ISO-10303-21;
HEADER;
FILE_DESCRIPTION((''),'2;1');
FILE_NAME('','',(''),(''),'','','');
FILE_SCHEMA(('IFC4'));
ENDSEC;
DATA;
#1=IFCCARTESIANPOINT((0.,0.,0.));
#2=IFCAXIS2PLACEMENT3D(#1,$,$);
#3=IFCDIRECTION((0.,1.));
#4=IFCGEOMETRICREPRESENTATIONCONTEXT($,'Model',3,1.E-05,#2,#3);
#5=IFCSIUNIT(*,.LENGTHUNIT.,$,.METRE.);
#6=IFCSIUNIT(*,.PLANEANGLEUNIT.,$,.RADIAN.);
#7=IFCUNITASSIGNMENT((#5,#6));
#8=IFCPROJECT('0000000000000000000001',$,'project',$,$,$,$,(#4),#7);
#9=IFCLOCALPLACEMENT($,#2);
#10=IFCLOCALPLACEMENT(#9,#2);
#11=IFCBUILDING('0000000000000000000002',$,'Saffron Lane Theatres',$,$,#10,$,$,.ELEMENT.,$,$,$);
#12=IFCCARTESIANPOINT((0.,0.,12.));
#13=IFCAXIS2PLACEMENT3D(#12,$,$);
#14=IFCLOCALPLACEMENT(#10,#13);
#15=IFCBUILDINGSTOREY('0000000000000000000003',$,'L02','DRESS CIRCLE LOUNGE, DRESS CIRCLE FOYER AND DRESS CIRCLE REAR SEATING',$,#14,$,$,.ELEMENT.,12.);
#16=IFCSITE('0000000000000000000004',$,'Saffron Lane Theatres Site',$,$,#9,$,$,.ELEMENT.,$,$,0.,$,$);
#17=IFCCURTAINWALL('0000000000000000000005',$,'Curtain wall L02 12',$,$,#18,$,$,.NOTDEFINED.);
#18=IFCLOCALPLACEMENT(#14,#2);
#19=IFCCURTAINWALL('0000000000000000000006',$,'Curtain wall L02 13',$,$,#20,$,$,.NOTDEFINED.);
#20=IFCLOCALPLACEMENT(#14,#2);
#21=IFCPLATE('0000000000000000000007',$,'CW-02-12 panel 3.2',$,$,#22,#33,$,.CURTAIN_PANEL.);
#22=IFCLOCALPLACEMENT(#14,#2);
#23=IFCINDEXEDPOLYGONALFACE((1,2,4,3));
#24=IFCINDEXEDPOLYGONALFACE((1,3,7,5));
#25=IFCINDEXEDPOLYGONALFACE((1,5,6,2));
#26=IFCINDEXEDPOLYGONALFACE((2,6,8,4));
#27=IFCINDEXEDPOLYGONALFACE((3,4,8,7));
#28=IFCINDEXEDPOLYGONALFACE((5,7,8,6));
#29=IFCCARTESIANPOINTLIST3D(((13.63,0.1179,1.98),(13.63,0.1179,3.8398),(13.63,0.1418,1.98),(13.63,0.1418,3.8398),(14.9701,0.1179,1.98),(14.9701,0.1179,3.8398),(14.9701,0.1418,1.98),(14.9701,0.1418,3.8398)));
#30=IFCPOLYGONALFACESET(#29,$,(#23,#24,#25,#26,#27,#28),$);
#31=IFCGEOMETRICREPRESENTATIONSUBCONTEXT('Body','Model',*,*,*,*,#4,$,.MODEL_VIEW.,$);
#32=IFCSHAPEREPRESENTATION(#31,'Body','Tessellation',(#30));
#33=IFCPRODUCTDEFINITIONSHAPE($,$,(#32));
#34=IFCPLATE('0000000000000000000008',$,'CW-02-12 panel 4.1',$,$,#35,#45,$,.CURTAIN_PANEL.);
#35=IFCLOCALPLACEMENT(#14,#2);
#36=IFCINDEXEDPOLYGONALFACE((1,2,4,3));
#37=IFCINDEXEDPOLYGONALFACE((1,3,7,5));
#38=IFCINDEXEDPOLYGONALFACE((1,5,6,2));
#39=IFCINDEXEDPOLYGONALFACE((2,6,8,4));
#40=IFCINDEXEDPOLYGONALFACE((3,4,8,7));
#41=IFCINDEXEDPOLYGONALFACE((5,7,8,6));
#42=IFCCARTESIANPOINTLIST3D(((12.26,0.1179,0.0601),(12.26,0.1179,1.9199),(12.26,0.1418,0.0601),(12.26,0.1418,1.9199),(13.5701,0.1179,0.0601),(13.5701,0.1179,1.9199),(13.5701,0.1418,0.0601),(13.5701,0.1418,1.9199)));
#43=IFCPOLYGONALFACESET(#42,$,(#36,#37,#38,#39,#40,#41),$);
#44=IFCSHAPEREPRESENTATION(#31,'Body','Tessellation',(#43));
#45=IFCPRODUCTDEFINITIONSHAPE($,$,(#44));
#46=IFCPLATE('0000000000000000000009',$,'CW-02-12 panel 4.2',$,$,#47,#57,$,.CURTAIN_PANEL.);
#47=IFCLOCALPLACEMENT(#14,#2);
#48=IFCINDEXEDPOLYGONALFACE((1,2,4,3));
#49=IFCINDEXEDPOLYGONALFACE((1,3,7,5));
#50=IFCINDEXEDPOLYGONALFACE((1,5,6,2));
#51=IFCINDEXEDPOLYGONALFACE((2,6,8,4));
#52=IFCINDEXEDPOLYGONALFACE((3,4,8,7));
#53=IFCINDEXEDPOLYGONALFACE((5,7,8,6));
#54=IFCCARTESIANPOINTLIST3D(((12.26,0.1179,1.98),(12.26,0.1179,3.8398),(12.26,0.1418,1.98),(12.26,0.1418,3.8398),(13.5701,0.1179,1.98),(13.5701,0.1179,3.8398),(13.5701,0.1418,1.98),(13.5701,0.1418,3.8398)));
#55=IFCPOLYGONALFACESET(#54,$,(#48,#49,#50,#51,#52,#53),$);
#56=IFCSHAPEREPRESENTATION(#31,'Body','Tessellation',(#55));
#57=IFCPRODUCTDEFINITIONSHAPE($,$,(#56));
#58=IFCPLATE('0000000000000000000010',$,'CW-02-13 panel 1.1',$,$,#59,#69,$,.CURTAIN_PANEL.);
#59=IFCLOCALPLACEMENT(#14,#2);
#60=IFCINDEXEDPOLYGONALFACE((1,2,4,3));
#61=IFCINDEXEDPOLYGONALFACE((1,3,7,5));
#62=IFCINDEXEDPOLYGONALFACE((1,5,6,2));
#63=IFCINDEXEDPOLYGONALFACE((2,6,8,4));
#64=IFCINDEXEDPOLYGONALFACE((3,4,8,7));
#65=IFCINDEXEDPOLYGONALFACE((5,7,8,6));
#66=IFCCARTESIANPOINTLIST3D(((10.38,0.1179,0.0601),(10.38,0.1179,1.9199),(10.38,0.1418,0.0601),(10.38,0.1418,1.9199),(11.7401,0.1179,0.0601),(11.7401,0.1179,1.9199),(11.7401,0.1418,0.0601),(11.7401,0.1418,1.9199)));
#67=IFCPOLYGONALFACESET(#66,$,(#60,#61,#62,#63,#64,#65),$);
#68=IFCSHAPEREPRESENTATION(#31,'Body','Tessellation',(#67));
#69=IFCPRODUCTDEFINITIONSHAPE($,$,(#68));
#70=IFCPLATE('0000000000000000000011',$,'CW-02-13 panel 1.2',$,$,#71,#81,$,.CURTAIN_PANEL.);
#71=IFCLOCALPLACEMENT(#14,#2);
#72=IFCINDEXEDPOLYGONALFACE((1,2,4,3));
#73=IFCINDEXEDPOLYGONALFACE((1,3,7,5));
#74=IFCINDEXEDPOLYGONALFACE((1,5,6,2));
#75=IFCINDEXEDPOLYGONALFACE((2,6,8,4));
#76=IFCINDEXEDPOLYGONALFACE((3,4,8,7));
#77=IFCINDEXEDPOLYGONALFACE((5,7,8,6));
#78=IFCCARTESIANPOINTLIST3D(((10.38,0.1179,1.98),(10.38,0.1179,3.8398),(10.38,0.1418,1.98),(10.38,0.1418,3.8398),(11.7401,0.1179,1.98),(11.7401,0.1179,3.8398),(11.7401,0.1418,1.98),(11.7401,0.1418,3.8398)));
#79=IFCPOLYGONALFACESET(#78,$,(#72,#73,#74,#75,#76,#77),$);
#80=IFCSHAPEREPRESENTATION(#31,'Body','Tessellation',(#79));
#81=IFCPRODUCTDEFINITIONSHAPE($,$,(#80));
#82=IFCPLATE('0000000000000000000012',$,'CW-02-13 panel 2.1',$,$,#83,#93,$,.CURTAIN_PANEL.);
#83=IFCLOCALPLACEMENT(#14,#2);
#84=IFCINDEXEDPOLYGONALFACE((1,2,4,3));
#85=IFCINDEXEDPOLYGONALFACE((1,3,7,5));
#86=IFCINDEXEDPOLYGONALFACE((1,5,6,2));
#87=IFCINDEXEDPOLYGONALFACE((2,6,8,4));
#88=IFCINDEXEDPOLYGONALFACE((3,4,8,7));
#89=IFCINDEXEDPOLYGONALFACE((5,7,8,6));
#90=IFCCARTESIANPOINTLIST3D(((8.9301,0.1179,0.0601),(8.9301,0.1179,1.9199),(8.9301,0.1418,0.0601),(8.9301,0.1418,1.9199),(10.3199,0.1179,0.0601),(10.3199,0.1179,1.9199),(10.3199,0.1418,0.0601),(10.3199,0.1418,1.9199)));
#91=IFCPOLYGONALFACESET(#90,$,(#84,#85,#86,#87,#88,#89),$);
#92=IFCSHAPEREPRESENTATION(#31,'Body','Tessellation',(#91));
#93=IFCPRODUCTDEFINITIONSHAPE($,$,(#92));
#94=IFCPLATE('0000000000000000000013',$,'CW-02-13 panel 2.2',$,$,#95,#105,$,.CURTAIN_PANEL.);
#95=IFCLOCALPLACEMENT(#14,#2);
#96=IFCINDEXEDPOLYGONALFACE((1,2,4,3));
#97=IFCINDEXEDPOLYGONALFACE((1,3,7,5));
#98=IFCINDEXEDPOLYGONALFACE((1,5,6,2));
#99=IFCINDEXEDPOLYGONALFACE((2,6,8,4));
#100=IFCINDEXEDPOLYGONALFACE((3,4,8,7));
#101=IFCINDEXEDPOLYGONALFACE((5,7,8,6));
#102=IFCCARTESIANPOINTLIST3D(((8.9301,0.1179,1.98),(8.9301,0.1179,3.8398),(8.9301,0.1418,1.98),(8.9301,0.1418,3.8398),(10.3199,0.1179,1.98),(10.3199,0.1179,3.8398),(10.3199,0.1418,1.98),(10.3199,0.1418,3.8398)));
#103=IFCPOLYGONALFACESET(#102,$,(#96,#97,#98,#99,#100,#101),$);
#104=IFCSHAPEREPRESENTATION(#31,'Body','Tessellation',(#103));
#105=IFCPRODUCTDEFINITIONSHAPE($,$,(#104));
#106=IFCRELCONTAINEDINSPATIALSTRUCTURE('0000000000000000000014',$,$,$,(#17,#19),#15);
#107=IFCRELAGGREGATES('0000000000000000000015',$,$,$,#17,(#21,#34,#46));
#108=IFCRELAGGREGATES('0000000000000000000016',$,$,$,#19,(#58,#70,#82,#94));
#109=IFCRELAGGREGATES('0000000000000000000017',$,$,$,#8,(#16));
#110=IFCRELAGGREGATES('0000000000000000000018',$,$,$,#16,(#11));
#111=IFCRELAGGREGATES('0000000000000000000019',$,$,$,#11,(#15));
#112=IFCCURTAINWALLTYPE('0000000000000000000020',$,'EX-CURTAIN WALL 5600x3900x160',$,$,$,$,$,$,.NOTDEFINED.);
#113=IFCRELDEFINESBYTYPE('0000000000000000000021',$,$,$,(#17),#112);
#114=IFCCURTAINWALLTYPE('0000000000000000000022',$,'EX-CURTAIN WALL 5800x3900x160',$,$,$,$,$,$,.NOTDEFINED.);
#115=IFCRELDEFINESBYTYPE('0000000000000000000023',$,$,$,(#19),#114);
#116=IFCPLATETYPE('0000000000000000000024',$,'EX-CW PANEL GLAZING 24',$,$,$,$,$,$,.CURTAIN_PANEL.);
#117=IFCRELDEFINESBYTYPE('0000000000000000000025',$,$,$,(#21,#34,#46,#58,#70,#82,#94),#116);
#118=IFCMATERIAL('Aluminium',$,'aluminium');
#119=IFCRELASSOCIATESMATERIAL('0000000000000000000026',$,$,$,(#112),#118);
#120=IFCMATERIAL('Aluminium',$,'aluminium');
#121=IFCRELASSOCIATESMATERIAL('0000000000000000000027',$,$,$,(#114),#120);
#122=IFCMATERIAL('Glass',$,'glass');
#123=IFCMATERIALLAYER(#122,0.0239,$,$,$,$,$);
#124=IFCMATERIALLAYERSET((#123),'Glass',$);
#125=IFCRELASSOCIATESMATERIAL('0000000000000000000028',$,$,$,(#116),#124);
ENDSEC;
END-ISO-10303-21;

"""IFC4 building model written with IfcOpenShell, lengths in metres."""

from ifc_helpers import new_model, si_unit, direction, frame, origin, origin_2d, place, context, subcontext, project, spatial, rectangle, extrude, material, layer, layer_set, type_object, element, aggregate, save


model = new_model("IFC4")

# Units and contexts
model_context = context("Model", 3, precision=1e-05, world=origin(), true_north=direction((0.0, 1.0)))
body_context = subcontext(model_context, "Body", "Model", "MODEL_VIEW")
ifc_project = project(units=[si_unit("LENGTHUNIT", "METRE"), si_unit("PLANEANGLEUNIT", "RADIAN")], contexts=[model_context])

# Site, building, storey
site_placement = place(None, origin())
site = spatial("IfcSite", under=ifc_project, at=site_placement, Name="Saffron Lane Theatres Site", CompositionType="ELEMENT", RefElevation=0.0)
building_placement = place(site_placement, origin())
building = spatial("IfcBuilding", under=site, at=building_placement, Name="Saffron Lane Theatres", CompositionType="ELEMENT")
storey_placement = place(building_placement, frame((0.0, 0.0, 12.0)))
storey = spatial("IfcBuildingStorey", under=building, at=storey_placement, Name="L02", Description="DRESS CIRCLE LOUNGE, DRESS CIRCLE FOYER AND DRESS CIRCLE REAR SEATING", CompositionType="ELEMENT", Elevation=12.0)

# Curtain walls
ifc_material_1 = material(Name="Aluminium", Category="aluminium")
curtain_wall_type_1 = type_object("IfcCurtainWallType", Name="EX-CURTAIN WALL 5600x3900x160", PredefinedType="NOTDEFINED", material=ifc_material_1)
curtain_wall_1_placement = place(storey_placement, origin())
curtain_wall_1 = element("IfcCurtainWall", 1, at=curtain_wall_1_placement, inside=storey, type_object=curtain_wall_type_1, Name="Curtain wall L02 12", PredefinedType="NOTDEFINED")
ifc_material_2 = material(Name="Aluminium", Category="aluminium")
curtain_wall_type_2 = type_object("IfcCurtainWallType", Name="EX-CURTAIN WALL 5800x3900x160", PredefinedType="NOTDEFINED", material=ifc_material_2)
curtain_wall_2_placement = place(storey_placement, origin())
curtain_wall_2 = element("IfcCurtainWall", 2, at=curtain_wall_2_placement, inside=storey, type_object=curtain_wall_type_2, Name="Curtain wall L02 13", PredefinedType="NOTDEFINED")

# Plates
ifc_material_3 = material(Name="Glass", Category="glass")
ifc_layer = layer(ifc_material_3, 0.0239)
ifc_layer_set = layer_set([ifc_layer], Name="Glass")
plate_type = type_object("IfcPlateType", Name="EX-CW PANEL GLAZING 24", PredefinedType="CURTAIN_PANEL", material=ifc_layer_set)
plate_1_placement = place(storey_placement, frame((14.3, 0.1299, 1.98), z_axis=(0.0, 0.0, 1.0), x_axis=(-1.0, 0.0, 0.0)))
plate_1 = element("IfcPlate", 3, at=plate_1_placement, type_object=plate_type, Name="CW-02-12 panel 3.2", PredefinedType="CURTAIN_PANEL", context=body_context, shape_type="SweptSolid", body=[
    extrude(rectangle(XDim=1.3401, YDim=0.0239, at=origin_2d()), origin(), (0.0, 0.0, 1.0), 1.8599),
])
plate_2_placement = place(storey_placement, frame((12.915, 0.1299, 0.0601), z_axis=(0.0, 0.0, 1.0), x_axis=(-1.0, 0.0, 0.0)))
plate_2 = element("IfcPlate", 4, at=plate_2_placement, type_object=plate_type, Name="CW-02-12 panel 4.1", PredefinedType="CURTAIN_PANEL", context=body_context, shape_type="SweptSolid", body=[
    extrude(rectangle(XDim=1.3101, YDim=0.0239, at=origin_2d()), origin(), (0.0, 0.0, 1.0), 1.8599),
])
plate_3_placement = place(storey_placement, frame((12.915, 0.1299, 1.98), z_axis=(0.0, 0.0, 1.0), x_axis=(-1.0, 0.0, 0.0)))
plate_3 = element("IfcPlate", 5, at=plate_3_placement, type_object=plate_type, Name="CW-02-12 panel 4.2", PredefinedType="CURTAIN_PANEL", context=body_context, shape_type="SweptSolid", body=[
    extrude(rectangle(XDim=1.3101, YDim=0.0239, at=origin_2d()), origin(), (0.0, 0.0, 1.0), 1.8599),
])
aggregate(curtain_wall_1, [plate_1, plate_2, plate_3])
plate_4_placement = place(storey_placement, frame((11.0601, 0.1299, 0.0601), z_axis=(0.0, 0.0, 1.0), x_axis=(-1.0, 0.0, 0.0)))
plate_4 = element("IfcPlate", 6, at=plate_4_placement, type_object=plate_type, Name="CW-02-13 panel 1.1", PredefinedType="CURTAIN_PANEL", context=body_context, shape_type="SweptSolid", body=[
    extrude(rectangle(XDim=1.3601, YDim=0.0239, at=origin_2d()), origin(), (0.0, 0.0, 1.0), 1.8599),
])
plate_5_placement = place(storey_placement, frame((11.0601, 0.1299, 1.98), z_axis=(0.0, 0.0, 1.0), x_axis=(-1.0, 0.0, 0.0)))
plate_5 = element("IfcPlate", 7, at=plate_5_placement, type_object=plate_type, Name="CW-02-13 panel 1.2", PredefinedType="CURTAIN_PANEL", context=body_context, shape_type="SweptSolid", body=[
    extrude(rectangle(XDim=1.3601, YDim=0.0239, at=origin_2d()), origin(), (0.0, 0.0, 1.0), 1.8599),
])
plate_6_placement = place(storey_placement, frame((9.625, 0.1299, 0.0601), z_axis=(0.0, 0.0, 1.0), x_axis=(-1.0, 0.0, 0.0)))
plate_6 = element("IfcPlate", 8, at=plate_6_placement, type_object=plate_type, Name="CW-02-13 panel 2.1", PredefinedType="CURTAIN_PANEL", context=body_context, shape_type="SweptSolid", body=[
    extrude(rectangle(XDim=1.3899, YDim=0.0239, at=origin_2d()), origin(), (0.0, 0.0, 1.0), 1.8599),
])
plate_7_placement = place(storey_placement, frame((9.625, 0.1299, 1.98), z_axis=(0.0, 0.0, 1.0), x_axis=(-1.0, 0.0, 0.0)))
plate_7 = element("IfcPlate", 9, at=plate_7_placement, type_object=plate_type, Name="CW-02-13 panel 2.2", PredefinedType="CURTAIN_PANEL", context=body_context, shape_type="SweptSolid", body=[
    extrude(rectangle(XDim=1.3899, YDim=0.0239, at=origin_2d()), origin(), (0.0, 0.0, 1.0), 1.8599),
])
aggregate(curtain_wall_2, [plate_4, plate_5, plate_6, plate_7])

save(model, "model.ifc")
